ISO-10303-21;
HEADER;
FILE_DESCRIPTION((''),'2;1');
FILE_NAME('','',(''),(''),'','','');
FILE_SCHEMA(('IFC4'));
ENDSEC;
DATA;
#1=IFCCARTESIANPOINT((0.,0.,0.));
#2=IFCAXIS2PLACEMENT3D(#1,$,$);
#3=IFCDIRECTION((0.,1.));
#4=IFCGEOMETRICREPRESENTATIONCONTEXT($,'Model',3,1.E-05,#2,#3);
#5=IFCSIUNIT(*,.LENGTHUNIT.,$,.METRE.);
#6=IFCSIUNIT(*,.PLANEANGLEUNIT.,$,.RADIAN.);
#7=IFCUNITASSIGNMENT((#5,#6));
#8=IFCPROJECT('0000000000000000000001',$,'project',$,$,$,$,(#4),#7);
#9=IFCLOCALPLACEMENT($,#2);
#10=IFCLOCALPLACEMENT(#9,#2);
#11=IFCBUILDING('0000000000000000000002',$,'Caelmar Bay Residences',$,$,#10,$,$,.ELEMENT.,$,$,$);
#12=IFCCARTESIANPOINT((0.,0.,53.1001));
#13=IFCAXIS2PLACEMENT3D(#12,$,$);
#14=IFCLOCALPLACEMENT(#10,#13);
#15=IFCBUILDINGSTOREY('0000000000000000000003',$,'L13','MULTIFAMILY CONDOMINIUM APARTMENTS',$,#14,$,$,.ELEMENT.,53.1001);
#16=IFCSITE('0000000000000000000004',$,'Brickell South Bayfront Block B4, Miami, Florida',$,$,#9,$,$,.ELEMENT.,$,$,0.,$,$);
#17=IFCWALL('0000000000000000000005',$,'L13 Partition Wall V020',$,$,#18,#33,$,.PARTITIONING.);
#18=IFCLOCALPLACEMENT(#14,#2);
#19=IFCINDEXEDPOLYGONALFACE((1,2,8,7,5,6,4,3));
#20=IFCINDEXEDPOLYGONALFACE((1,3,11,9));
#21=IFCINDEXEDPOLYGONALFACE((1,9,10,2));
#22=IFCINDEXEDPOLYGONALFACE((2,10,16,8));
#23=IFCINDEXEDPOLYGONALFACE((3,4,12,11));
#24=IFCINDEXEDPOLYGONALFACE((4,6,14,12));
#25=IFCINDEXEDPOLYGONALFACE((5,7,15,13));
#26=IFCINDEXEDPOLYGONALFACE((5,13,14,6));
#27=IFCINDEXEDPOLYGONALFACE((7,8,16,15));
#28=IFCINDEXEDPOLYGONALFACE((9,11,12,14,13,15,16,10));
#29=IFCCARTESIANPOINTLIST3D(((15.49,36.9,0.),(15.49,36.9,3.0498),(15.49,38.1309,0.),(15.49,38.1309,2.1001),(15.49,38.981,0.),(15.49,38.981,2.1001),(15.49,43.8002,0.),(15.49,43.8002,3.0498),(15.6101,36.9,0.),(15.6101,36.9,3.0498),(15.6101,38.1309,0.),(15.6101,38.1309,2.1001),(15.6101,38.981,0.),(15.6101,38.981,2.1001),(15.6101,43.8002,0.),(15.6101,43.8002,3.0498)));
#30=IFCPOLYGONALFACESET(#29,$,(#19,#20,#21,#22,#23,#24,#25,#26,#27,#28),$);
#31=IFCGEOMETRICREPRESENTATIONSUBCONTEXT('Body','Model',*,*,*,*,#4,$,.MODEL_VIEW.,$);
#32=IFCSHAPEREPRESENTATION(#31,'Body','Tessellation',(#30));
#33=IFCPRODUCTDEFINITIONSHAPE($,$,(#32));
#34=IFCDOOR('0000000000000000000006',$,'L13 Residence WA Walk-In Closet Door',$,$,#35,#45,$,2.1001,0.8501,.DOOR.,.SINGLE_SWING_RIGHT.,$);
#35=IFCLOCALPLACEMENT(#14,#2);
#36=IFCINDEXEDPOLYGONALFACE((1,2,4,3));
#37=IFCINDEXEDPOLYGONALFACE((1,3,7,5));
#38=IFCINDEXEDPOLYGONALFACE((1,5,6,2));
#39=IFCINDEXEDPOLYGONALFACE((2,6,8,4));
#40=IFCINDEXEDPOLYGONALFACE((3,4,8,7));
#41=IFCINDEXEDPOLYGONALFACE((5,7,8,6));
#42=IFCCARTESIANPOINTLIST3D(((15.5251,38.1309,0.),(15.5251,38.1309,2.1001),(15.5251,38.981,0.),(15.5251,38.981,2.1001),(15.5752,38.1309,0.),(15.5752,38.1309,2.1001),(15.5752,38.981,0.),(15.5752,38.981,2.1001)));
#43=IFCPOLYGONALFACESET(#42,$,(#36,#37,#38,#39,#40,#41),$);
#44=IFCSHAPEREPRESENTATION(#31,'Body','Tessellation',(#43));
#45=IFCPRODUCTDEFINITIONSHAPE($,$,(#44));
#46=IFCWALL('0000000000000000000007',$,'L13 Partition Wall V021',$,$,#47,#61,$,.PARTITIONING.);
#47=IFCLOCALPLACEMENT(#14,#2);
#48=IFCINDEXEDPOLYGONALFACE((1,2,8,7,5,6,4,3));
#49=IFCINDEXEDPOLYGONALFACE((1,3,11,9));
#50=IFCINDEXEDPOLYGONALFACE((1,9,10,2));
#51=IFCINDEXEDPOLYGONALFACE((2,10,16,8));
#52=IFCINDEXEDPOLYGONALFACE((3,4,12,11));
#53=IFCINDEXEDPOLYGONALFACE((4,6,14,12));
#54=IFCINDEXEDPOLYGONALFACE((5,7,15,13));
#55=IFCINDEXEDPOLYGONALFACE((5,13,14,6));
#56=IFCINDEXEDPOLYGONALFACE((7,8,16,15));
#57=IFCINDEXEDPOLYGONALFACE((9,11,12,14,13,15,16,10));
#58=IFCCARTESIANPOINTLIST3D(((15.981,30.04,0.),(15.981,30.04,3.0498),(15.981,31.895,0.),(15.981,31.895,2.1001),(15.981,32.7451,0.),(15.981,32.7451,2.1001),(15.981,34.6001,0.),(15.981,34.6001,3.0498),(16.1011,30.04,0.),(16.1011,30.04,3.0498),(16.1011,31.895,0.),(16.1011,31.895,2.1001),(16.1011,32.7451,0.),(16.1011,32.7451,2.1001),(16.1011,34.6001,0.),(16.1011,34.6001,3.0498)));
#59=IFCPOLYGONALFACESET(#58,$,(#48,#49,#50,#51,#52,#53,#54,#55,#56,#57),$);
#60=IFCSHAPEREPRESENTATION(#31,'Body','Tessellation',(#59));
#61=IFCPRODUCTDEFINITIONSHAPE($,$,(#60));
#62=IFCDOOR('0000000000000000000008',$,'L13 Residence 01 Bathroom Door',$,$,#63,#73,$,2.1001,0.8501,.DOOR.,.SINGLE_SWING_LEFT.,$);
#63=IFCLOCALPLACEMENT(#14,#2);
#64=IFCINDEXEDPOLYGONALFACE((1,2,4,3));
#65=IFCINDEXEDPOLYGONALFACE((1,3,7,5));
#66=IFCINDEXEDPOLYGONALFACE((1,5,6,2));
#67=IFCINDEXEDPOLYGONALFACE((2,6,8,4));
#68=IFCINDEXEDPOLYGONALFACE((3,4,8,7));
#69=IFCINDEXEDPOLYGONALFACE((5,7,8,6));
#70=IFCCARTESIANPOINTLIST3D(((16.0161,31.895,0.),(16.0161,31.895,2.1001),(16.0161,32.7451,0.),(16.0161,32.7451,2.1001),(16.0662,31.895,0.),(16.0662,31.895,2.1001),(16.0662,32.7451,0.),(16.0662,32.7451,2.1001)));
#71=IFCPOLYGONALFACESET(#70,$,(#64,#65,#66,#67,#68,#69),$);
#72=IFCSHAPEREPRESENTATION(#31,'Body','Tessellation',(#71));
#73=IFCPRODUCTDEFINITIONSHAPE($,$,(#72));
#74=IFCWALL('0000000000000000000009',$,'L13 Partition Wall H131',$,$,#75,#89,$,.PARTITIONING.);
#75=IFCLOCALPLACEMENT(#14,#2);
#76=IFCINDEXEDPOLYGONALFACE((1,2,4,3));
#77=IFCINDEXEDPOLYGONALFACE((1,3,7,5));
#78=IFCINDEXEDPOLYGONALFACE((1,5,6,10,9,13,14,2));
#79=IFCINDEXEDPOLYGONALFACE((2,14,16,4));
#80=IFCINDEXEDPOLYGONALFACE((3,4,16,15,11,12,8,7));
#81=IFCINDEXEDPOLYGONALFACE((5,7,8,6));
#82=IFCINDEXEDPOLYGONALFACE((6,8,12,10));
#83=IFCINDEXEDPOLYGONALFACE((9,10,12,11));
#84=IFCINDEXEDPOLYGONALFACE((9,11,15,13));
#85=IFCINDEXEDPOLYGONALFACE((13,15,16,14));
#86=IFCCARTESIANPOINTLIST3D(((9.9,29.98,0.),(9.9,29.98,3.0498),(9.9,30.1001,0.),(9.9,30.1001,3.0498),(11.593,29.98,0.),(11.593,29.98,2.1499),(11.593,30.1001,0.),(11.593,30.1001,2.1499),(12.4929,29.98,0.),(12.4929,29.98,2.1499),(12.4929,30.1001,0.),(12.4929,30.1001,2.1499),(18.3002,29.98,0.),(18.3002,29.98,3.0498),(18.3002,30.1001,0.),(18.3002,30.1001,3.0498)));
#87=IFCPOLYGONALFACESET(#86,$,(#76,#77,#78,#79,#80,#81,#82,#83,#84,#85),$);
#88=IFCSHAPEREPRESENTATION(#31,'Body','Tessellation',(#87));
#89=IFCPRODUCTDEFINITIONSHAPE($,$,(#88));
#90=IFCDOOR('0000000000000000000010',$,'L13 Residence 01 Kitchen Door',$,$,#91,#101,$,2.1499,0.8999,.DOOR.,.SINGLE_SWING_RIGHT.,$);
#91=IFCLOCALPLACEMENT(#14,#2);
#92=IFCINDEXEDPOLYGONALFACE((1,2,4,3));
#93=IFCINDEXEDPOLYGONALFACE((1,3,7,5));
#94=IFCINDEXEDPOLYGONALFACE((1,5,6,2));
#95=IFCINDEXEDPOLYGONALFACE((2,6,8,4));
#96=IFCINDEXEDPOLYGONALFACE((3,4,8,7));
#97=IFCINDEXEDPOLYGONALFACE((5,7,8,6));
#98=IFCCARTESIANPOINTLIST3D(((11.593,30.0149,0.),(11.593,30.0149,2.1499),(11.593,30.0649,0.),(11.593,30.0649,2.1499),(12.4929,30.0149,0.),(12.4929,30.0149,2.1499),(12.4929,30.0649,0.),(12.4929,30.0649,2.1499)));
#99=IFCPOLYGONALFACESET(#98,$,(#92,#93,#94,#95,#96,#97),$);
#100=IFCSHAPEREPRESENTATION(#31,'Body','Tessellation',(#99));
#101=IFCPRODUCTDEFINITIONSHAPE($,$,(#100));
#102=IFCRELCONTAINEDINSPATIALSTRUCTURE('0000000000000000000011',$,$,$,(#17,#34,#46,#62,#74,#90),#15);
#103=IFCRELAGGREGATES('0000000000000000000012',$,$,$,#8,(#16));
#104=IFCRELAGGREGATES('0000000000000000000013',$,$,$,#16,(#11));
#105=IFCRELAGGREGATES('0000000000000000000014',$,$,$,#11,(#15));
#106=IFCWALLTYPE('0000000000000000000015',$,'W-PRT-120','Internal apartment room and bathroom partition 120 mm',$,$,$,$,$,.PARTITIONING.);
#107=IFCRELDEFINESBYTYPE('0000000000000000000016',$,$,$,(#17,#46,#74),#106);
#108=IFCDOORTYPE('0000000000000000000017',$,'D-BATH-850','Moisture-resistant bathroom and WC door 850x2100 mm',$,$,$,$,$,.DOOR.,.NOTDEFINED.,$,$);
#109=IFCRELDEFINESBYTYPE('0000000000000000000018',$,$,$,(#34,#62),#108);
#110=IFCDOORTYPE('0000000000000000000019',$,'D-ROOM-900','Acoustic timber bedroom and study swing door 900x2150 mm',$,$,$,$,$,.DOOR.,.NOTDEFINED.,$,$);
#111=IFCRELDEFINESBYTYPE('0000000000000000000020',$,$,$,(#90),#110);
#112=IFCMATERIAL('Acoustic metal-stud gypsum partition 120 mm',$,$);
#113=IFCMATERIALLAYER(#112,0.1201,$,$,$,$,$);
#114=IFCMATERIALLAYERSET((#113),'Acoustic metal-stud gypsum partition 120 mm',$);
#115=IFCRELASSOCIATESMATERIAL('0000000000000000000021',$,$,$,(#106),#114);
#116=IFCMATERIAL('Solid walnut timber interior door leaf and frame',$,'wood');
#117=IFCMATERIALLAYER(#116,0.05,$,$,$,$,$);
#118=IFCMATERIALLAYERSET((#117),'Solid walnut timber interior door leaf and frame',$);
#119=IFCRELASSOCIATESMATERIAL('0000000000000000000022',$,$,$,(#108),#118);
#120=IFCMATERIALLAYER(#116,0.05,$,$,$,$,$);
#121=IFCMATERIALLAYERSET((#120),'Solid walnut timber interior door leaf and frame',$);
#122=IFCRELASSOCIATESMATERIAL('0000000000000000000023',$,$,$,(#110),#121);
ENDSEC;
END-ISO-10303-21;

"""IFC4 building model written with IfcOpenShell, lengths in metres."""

from ifc_helpers import new_model, si_unit, direction, frame, frame_2d, origin, place, context, subcontext, project, spatial, rectangle, extrude, material, layer, layer_set, type_object, element, fill, save


model = new_model("IFC4")

# Units and contexts
model_context = context("Model", 3, precision=1e-05, world=origin(), true_north=direction((0.0, 1.0)))
body_context = subcontext(model_context, "Body", "Model", "MODEL_VIEW")
ifc_project = project(units=[si_unit("LENGTHUNIT", "METRE"), si_unit("PLANEANGLEUNIT", "RADIAN")], contexts=[model_context])

# Site, building, storey
site_placement = place(None, origin())
site = spatial("IfcSite", under=ifc_project, at=site_placement, Name="Brickell South Bayfront Block B4, Miami, Florida", CompositionType="ELEMENT", RefElevation=0.0)
building_placement = place(site_placement, origin())
building = spatial("IfcBuilding", under=site, at=building_placement, Name="Caelmar Bay Residences", CompositionType="ELEMENT")
storey_placement = place(building_placement, frame((0.0, 0.0, 53.1001)))
storey = spatial("IfcBuildingStorey", under=building, at=storey_placement, Name="L13", Description="MULTIFAMILY CONDOMINIUM APARTMENTS", CompositionType="ELEMENT", Elevation=53.1001)

# Shared definitions
ifc_material_1 = material(Name="Acoustic metal-stud gypsum partition 120 mm")
ifc_layer_1 = layer(ifc_material_1, 0.1201)
ifc_layer_set_1 = layer_set([ifc_layer_1], Name="Acoustic metal-stud gypsum partition 120 mm")
wall_type_1 = type_object("IfcWallType", Name="W-PRT-120", Description="Internal apartment room and bathroom partition 120 mm", PredefinedType="PARTITIONING", material=ifc_layer_set_1)

# Walls, openings, doors
wall_1_placement = place(storey_placement, frame((15.55, 36.8999, 0.0), z_axis=(0.0, 0.0, 1.0), x_axis=(0.0, 1.0, 0.0)))
wall_1 = element("IfcWall", 1, at=wall_1_placement, inside=storey, type_object=wall_type_1, Name="L13 Partition Wall V020", PredefinedType="PARTITIONING", context=body_context, shape_type="SweptSolid", body=[
    extrude(rectangle(XDim=6.9001, YDim=0.1201, at=frame_2d((3.4502, 0.0))), origin(), (0.0, 0.0, 1.0), 3.0498),
])
opening_1_placement = place(wall_1_placement, frame((1.231, 0.0, 0.0)))
opening_1 = element("IfcOpeningElement", 2, at=opening_1_placement, cuts=wall_1, PredefinedType="OPENING", context=body_context, shape_type="SweptSolid", body=[
    extrude(rectangle(XDim=0.8501, YDim=2.1001, at=frame_2d((0.425, 1.05))), frame((0.0, 0.0701, 0.0), z_axis=(0.0, -1.0, 0.0), x_axis=(1.0, 0.0, 0.0)), (0.0, 0.0, 1.0), 0.1401),
])
ifc_material_2 = material(Name="Solid walnut timber interior door leaf and frame", Category="wood")
ifc_layer_2 = layer(ifc_material_2, 0.05)
ifc_layer_set_2 = layer_set([ifc_layer_2], Name="Solid walnut timber interior door leaf and frame")
door_type_1 = type_object("IfcDoorType", Name="D-BATH-850", Description="Moisture-resistant bathroom and WC door 850x2100 mm", OperationType="NOTDEFINED", PredefinedType="DOOR", material=ifc_layer_set_2)
door_1_placement = place(opening_1_placement, origin())
door_1 = element("IfcDoor", 3, at=door_1_placement, inside=storey, type_object=door_type_1, Name="L13 Residence WA Walk-In Closet Door", OperationType="SINGLE_SWING_RIGHT", OverallHeight=2.1001, OverallWidth=0.8501, PredefinedType="DOOR", context=body_context, shape_type="SweptSolid", body=[
    extrude(rectangle(XDim=0.8501, YDim=2.1001, at=frame_2d((0.425, 1.05))), frame((0.0, 0.0249, 0.0), z_axis=(0.0, -1.0, 0.0), x_axis=(1.0, 0.0, 0.0)), (0.0, 0.0, 1.0), 0.05),
])
fill(opening_1, door_1)
wall_2_placement = place(storey_placement, frame((16.041, 30.04, 0.0), z_axis=(0.0, 0.0, 1.0), x_axis=(0.0, 1.0, 0.0)))
wall_2 = element("IfcWall", 4, at=wall_2_placement, inside=storey, type_object=wall_type_1, Name="L13 Partition Wall V021", PredefinedType="PARTITIONING", context=body_context, shape_type="SweptSolid", body=[
    extrude(rectangle(XDim=4.5601, YDim=0.1201, at=frame_2d((2.28, 0.0))), origin(), (0.0, 0.0, 1.0), 3.0498),
])
opening_2_placement = place(wall_2_placement, frame((1.855, 0.0, 0.0)))
opening_2 = element("IfcOpeningElement", 5, at=opening_2_placement, cuts=wall_2, PredefinedType="OPENING", context=body_context, shape_type="SweptSolid", body=[
    extrude(rectangle(XDim=0.8501, YDim=2.1001, at=frame_2d((0.425, 1.05))), frame((0.0, 0.0701, 0.0), z_axis=(0.0, -1.0, 0.0), x_axis=(1.0, 0.0, 0.0)), (0.0, 0.0, 1.0), 0.1401),
])
door_2_placement = place(opening_2_placement, origin())
door_2 = element("IfcDoor", 6, at=door_2_placement, inside=storey, type_object=door_type_1, Name="L13 Residence 01 Bathroom Door", OperationType="SINGLE_SWING_LEFT", OverallHeight=2.1001, OverallWidth=0.8501, PredefinedType="DOOR", context=body_context, shape_type="SweptSolid", body=[
    extrude(rectangle(XDim=0.8501, YDim=2.1001, at=frame_2d((0.425, 1.05))), frame((0.0, 0.0249, 0.0), z_axis=(0.0, -1.0, 0.0), x_axis=(1.0, 0.0, 0.0)), (0.0, 0.0, 1.0), 0.05),
])
fill(opening_2, door_2)
wall_3_placement = place(storey_placement, frame((9.8999, 30.04, 0.0), z_axis=(0.0, 0.0, 1.0), x_axis=(1.0, 0.0, 0.0)))
wall_3 = element("IfcWall", 7, at=wall_3_placement, inside=storey, type_object=wall_type_1, Name="L13 Partition Wall H131", PredefinedType="PARTITIONING", context=body_context, shape_type="SweptSolid", body=[
    extrude(rectangle(XDim=8.4001, YDim=0.1201, at=frame_2d((4.2002, 0.0))), origin(), (0.0, 0.0, 1.0), 3.0498),
])
opening_3_placement = place(wall_3_placement, frame((1.6931, 0.0, 0.0)))
opening_3 = element("IfcOpeningElement", 8, at=opening_3_placement, cuts=wall_3, PredefinedType="OPENING", context=body_context, shape_type="SweptSolid", body=[
    extrude(rectangle(XDim=0.8999, YDim=2.1499, at=frame_2d((0.45, 1.075))), frame((0.0, 0.0701, 0.0), z_axis=(0.0, -1.0, 0.0), x_axis=(1.0, 0.0, 0.0)), (0.0, 0.0, 1.0), 0.1401),
])
ifc_layer_3 = layer(ifc_material_2, 0.05)
ifc_layer_set_3 = layer_set([ifc_layer_3], Name="Solid walnut timber interior door leaf and frame")
door_type_2 = type_object("IfcDoorType", Name="D-ROOM-900", Description="Acoustic timber bedroom and study swing door 900x2150 mm", OperationType="NOTDEFINED", PredefinedType="DOOR", material=ifc_layer_set_3)
door_3_placement = place(opening_3_placement, origin())
door_3 = element("IfcDoor", 9, at=door_3_placement, inside=storey, type_object=door_type_2, Name="L13 Residence 01 Kitchen Door", OperationType="SINGLE_SWING_RIGHT", OverallHeight=2.1499, OverallWidth=0.8999, PredefinedType="DOOR", context=body_context, shape_type="SweptSolid", body=[
    extrude(rectangle(XDim=0.8999, YDim=2.1499, at=frame_2d((0.45, 1.075))), frame((0.0, 0.0249, 0.0), z_axis=(0.0, -1.0, 0.0), x_axis=(1.0, 0.0, 0.0)), (0.0, 0.0, 1.0), 0.05),
])
fill(opening_3, door_3)

save(model, "model.ifc")
